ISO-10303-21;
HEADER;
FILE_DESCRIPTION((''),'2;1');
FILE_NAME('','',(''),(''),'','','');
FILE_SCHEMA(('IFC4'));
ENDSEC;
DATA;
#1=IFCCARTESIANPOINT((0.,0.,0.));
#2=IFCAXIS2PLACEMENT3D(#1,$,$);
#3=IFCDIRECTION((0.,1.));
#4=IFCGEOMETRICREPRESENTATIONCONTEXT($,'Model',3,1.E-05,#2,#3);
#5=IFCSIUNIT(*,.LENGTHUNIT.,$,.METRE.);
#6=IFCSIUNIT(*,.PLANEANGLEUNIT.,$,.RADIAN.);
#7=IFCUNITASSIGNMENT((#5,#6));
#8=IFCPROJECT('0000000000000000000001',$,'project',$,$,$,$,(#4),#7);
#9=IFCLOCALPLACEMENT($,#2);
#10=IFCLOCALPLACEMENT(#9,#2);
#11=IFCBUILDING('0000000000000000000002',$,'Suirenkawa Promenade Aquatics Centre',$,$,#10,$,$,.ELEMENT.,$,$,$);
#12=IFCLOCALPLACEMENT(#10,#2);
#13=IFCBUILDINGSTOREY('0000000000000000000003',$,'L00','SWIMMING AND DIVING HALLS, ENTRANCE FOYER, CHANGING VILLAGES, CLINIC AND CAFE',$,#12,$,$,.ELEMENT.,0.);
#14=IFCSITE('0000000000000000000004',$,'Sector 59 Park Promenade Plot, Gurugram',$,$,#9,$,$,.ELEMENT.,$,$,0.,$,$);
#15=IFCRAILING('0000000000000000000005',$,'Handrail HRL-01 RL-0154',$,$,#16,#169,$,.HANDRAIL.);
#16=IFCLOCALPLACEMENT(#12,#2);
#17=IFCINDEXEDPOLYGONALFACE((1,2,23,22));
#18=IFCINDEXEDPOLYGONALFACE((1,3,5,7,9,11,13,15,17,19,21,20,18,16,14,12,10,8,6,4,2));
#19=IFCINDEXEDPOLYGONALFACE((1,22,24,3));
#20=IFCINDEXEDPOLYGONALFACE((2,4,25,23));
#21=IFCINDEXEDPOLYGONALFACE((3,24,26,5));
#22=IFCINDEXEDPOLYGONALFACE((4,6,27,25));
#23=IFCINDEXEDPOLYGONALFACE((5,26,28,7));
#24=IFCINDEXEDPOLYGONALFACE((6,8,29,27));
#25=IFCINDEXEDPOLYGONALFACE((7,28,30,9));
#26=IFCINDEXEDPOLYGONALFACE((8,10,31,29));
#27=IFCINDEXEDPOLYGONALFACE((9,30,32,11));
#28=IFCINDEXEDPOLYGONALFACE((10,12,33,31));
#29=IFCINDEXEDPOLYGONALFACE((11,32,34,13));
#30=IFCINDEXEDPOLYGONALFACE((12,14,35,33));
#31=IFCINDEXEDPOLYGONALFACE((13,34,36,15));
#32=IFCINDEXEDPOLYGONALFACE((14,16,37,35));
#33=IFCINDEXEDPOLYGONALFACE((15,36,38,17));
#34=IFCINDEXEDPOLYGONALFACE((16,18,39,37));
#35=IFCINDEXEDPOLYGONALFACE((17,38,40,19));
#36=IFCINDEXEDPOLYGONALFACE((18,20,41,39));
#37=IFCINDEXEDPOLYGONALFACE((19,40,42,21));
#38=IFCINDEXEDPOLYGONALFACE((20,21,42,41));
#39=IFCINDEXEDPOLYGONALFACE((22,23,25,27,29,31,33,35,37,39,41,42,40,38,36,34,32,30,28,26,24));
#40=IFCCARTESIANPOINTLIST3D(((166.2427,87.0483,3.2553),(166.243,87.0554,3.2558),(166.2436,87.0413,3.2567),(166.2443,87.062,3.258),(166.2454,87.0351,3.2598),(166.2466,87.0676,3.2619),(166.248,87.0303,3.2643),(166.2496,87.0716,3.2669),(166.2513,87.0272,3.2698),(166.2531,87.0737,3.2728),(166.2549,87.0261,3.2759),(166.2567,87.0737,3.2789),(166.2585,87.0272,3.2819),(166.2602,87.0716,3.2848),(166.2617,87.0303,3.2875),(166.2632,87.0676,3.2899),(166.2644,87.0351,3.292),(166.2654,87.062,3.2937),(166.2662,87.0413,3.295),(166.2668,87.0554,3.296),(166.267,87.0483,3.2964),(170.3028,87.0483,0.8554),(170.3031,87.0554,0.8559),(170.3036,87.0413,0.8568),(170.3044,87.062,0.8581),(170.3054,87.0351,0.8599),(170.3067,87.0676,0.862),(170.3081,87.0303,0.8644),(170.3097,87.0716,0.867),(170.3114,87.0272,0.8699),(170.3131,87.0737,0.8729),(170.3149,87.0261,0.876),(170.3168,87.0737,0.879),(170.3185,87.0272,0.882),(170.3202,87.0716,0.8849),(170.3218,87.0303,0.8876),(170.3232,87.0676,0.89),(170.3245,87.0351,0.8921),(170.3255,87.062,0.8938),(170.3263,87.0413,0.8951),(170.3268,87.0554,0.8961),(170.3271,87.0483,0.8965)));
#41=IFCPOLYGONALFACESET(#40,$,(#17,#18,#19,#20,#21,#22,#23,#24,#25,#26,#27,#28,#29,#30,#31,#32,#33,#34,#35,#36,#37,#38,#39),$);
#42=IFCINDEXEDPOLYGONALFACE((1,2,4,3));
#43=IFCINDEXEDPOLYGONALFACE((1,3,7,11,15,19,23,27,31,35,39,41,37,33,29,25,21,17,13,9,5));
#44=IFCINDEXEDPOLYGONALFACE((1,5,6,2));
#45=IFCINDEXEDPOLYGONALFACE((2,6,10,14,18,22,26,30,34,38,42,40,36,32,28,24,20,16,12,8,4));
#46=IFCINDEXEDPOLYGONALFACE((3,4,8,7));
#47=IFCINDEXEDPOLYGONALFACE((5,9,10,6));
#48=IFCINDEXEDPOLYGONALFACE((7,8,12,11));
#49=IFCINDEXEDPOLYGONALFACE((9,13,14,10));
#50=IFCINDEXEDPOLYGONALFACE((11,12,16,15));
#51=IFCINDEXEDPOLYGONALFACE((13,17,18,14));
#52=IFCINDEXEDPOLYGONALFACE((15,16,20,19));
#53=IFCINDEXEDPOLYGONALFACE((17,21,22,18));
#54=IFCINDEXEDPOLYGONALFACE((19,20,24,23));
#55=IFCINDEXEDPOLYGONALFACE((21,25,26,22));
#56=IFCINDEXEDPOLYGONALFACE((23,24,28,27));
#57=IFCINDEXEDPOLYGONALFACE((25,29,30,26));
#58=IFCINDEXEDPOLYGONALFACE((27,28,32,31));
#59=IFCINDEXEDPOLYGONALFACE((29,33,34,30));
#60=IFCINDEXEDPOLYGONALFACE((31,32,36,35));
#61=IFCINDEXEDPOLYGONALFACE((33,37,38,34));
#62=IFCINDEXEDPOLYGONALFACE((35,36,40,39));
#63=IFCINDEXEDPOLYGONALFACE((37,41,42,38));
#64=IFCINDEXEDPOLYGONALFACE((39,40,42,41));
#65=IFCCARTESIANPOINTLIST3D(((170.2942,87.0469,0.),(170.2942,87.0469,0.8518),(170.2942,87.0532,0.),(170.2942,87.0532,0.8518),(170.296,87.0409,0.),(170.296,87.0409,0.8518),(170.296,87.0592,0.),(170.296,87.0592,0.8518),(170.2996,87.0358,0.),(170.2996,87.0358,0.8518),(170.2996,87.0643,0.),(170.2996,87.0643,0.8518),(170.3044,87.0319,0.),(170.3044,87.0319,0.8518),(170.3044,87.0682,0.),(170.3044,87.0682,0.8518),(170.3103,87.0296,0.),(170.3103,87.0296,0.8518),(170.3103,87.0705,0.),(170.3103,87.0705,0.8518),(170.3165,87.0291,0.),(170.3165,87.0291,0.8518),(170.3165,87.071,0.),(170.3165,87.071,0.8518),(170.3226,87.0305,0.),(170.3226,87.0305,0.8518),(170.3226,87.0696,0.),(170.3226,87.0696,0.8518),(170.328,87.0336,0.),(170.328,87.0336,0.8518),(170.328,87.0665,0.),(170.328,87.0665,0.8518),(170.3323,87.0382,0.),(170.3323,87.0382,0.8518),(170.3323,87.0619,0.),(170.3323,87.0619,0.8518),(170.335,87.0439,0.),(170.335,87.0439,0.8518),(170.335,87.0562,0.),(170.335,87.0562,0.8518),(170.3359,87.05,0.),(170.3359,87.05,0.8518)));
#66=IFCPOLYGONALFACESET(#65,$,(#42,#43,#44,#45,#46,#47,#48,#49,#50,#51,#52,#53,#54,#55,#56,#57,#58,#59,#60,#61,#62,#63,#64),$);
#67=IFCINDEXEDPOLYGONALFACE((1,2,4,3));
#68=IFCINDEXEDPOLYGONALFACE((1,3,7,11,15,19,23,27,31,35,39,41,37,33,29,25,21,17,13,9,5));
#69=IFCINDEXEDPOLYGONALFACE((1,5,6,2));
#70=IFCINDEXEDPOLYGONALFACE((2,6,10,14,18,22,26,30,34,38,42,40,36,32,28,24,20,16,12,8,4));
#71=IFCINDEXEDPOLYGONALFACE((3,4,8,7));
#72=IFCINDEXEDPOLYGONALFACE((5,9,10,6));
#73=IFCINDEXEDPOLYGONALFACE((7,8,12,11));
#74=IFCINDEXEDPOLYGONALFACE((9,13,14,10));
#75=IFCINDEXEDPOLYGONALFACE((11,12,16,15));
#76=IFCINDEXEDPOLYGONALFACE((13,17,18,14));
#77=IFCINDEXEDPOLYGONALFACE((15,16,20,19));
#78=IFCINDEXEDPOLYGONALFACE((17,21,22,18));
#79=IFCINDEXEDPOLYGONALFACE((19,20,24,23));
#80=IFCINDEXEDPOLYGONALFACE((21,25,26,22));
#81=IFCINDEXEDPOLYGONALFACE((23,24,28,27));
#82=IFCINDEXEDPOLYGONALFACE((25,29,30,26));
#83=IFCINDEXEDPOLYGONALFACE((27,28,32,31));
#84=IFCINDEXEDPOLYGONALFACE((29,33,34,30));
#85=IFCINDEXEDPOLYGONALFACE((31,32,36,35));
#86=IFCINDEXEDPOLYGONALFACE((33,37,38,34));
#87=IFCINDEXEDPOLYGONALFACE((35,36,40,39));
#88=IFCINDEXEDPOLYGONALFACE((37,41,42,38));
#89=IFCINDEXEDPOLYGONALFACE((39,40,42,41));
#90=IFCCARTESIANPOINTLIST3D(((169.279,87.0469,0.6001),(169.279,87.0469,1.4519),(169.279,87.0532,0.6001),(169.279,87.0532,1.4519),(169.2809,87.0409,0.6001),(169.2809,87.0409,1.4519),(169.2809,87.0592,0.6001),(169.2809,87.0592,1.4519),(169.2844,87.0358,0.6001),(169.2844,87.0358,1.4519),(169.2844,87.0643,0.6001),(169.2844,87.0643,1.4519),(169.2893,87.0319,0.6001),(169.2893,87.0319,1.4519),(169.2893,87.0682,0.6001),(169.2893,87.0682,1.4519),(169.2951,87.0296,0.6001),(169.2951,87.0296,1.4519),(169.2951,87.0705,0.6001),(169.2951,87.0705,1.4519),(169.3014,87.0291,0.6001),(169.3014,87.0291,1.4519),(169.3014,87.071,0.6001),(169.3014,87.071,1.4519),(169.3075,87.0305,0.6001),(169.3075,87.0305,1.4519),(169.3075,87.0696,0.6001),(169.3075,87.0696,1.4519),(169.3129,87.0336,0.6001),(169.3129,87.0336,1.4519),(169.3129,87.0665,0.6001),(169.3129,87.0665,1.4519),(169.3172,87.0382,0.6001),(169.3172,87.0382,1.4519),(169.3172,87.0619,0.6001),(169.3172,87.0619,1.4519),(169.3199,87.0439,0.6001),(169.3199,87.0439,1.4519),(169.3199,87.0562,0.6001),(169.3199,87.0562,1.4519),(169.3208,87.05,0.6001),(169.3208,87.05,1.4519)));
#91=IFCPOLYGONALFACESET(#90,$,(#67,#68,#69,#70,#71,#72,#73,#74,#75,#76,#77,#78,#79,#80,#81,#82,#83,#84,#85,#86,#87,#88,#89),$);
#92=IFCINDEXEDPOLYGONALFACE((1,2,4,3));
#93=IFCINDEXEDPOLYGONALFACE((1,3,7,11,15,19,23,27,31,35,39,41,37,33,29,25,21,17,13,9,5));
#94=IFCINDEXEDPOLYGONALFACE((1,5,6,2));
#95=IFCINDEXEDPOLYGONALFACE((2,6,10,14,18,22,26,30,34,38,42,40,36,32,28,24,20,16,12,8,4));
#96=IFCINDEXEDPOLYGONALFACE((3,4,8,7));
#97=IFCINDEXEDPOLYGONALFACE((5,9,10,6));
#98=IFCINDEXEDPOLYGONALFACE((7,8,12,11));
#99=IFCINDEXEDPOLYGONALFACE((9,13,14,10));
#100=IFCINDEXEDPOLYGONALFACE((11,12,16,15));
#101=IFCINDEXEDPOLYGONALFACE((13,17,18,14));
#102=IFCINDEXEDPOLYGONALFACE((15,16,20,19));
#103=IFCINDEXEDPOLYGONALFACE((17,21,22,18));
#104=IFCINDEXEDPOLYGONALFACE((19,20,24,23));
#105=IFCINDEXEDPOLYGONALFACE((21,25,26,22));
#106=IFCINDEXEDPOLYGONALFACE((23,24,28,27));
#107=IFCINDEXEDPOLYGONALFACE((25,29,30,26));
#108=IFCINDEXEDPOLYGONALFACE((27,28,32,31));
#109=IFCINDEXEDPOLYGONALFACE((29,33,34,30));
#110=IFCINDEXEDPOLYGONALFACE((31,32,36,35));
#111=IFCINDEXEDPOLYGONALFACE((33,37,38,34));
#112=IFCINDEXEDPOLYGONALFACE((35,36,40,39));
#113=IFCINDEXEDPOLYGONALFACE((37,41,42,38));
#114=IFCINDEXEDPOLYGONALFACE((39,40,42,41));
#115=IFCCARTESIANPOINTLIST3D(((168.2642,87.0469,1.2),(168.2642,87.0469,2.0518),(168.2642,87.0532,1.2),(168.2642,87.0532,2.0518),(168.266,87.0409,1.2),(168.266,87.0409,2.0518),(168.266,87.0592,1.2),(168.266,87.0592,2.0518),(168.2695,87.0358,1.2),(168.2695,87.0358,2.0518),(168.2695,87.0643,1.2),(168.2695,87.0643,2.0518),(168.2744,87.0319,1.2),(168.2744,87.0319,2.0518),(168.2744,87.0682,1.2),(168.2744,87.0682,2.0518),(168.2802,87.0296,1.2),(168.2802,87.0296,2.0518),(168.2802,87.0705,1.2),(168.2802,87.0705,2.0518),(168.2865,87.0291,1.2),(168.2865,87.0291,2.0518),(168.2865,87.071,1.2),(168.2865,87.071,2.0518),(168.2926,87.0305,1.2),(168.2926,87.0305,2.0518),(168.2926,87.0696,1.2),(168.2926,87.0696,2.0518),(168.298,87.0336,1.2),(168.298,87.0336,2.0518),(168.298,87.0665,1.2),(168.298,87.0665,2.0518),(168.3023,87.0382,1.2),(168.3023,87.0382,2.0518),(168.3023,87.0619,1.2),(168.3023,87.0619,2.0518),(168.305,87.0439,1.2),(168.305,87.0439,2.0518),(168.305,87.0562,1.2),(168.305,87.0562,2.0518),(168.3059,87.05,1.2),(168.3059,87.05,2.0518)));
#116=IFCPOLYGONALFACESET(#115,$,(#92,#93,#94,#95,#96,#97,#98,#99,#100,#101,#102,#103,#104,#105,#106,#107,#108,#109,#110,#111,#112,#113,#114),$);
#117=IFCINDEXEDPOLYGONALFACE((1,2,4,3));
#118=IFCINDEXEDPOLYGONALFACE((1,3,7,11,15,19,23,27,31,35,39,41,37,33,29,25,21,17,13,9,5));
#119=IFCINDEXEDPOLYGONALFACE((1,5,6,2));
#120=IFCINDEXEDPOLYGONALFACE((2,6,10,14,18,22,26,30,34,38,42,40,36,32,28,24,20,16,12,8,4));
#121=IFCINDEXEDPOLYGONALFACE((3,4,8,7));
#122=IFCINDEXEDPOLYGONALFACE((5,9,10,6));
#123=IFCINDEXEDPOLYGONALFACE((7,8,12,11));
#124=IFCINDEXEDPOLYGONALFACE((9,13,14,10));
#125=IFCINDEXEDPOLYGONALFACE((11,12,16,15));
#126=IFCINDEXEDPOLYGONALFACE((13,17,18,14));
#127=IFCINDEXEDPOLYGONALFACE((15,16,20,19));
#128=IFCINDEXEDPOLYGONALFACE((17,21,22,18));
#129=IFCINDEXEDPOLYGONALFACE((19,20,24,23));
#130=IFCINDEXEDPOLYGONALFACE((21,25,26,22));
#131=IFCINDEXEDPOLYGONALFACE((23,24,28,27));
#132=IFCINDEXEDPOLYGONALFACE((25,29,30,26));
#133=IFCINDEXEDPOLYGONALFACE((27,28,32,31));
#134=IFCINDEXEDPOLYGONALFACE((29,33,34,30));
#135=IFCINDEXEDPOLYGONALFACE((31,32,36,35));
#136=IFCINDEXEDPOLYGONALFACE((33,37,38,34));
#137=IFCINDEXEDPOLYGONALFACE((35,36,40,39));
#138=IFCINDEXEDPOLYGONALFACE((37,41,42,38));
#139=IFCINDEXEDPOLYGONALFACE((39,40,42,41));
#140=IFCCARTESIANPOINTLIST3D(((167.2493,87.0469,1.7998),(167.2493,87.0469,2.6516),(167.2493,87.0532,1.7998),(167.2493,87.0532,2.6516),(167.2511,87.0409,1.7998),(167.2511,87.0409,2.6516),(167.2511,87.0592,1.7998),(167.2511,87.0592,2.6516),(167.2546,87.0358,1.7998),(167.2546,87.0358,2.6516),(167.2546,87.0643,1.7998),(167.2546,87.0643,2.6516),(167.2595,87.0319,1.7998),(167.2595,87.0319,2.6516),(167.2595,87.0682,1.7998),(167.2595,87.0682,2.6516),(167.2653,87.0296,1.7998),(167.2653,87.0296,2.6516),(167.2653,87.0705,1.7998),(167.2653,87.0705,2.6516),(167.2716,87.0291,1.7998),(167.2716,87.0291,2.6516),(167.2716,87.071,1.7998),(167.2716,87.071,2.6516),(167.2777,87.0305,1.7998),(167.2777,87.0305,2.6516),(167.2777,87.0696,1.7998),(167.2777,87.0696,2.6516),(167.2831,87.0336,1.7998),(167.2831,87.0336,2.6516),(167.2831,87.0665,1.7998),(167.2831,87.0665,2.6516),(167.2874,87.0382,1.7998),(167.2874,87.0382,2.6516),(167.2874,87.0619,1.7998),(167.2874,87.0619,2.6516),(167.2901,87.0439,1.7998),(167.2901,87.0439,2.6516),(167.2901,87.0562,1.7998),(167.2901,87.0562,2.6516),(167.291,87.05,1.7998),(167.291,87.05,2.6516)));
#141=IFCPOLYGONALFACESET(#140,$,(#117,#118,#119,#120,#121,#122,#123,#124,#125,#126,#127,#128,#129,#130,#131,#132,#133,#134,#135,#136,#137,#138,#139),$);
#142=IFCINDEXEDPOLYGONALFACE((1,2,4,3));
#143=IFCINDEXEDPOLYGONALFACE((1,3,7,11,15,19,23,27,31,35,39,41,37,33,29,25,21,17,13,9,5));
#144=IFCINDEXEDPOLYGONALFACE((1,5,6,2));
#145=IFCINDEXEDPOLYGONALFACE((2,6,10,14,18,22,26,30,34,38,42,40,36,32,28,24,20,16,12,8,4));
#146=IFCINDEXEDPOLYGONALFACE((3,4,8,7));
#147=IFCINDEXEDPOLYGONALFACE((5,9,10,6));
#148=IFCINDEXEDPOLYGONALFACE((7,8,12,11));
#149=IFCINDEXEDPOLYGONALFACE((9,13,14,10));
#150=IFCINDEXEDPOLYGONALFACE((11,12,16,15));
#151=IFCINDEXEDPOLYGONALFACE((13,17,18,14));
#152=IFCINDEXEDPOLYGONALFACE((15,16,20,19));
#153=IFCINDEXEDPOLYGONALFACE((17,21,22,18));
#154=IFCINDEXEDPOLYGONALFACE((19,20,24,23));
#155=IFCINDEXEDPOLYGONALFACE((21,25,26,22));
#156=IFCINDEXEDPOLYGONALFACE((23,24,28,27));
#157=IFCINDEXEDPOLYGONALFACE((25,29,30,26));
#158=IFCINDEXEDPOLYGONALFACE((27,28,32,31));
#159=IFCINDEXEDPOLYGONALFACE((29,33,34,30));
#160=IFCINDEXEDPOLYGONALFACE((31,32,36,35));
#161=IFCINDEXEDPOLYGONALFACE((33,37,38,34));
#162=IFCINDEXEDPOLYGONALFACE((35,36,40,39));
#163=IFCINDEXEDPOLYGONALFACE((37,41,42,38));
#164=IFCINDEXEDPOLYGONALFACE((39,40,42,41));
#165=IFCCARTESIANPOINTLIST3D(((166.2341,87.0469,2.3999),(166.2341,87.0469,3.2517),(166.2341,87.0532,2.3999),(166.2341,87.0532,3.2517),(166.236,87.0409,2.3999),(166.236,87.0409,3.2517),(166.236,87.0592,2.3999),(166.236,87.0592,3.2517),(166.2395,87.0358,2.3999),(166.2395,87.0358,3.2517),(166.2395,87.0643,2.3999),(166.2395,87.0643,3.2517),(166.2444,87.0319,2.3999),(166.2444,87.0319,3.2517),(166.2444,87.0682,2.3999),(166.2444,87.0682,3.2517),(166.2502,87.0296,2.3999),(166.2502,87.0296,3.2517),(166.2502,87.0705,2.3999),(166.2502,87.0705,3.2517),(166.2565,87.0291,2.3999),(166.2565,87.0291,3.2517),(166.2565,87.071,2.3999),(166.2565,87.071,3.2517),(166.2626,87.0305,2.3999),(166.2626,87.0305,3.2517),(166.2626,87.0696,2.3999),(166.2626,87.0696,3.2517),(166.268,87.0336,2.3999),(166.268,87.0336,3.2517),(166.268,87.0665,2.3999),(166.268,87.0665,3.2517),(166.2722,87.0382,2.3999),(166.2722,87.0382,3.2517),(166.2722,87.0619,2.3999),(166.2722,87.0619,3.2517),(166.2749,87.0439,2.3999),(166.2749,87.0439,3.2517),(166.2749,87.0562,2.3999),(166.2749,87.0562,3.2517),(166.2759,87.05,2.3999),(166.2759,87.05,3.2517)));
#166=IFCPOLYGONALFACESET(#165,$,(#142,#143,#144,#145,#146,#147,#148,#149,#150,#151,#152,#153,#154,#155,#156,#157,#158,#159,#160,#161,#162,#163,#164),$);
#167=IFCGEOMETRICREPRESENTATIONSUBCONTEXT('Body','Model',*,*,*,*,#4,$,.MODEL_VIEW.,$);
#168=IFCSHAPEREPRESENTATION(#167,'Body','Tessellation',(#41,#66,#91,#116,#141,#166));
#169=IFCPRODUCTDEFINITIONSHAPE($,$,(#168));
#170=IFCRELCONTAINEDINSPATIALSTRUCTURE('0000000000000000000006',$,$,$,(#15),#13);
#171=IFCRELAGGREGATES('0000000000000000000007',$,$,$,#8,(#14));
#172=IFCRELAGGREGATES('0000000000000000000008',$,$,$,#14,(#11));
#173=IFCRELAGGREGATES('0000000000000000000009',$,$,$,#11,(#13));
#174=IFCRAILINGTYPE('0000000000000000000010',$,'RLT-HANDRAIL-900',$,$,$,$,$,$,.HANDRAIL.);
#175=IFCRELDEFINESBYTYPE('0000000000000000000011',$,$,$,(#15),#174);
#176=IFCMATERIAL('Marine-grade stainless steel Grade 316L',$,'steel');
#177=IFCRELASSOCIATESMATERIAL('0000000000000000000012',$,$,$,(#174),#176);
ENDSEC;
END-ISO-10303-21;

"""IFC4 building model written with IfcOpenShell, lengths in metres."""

from ifc_helpers import new_model, si_unit, direction, frame, origin, origin_2d, place, context, subcontext, project, spatial, circle, extrude, material, type_object, element, save


model = new_model("IFC4")

# Units and contexts
model_context = context("Model", 3, precision=1e-05, world=origin(), true_north=direction((0.0, 1.0)))
body_context = subcontext(model_context, "Body", "Model", "MODEL_VIEW")
ifc_project = project(units=[si_unit("LENGTHUNIT", "METRE"), si_unit("PLANEANGLEUNIT", "RADIAN")], contexts=[model_context])

# Site, building, storey
site_placement = place(None, origin())
site = spatial("IfcSite", under=ifc_project, at=site_placement, Name="Sector 59 Park Promenade Plot, Gurugram", CompositionType="ELEMENT", RefElevation=0.0)
building_placement = place(site_placement, origin())
building = spatial("IfcBuilding", under=site, at=building_placement, Name="Suirenkawa Promenade Aquatics Centre", CompositionType="ELEMENT")
storey_placement = place(building_placement, origin())
storey = spatial("IfcBuildingStorey", under=building, at=storey_placement, Name="L00", Description="SWIMMING AND DIVING HALLS, ENTRANCE FOYER, CHANGING VILLAGES, CLINIC AND CAFE", CompositionType="ELEMENT", Elevation=0.0)

# Railing
ifc_material_1 = material(Name="Marine-grade stainless steel Grade 316L", Category="steel")
railing_type_1 = type_object("IfcRailingType", Name="RLT-HANDRAIL-900", PredefinedType="HANDRAIL", material=ifc_material_1)
railing_1_placement = place(storey_placement, frame((170.3149, 87.05, 0.0)))
element("IfcRailing", 1, at=railing_1_placement, inside=storey, type_object=railing_type_1, Name="Handrail HRL-01 RL-0154", PredefinedType="HANDRAIL", context=body_context, shape_type="SweptSolid", body=[
    extrude(circle(Radius=0.0239, at=origin_2d()), frame((0.0, 0.0, 0.876), z_axis=(-0.860854, 0.0, 0.508851), x_axis=(0.0, -1.0, 0.0)), (0.0, 0.0, 1.0), 4.7163),
    extrude(circle(Radius=0.021, at=origin_2d()), origin(), (0.0, 0.0, 1.0), 0.8518),
    extrude(circle(Radius=0.021, at=origin_2d()), frame((-1.0151, 0.0, 0.6001)), (0.0, 0.0, 1.0), 0.8518),
    extrude(circle(Radius=0.021, at=origin_2d()), frame((-2.03, 0.0, 1.2)), (0.0, 0.0, 1.0), 0.8518),
    extrude(circle(Radius=0.021, at=origin_2d()), frame((-3.0449, 0.0, 1.7998)), (0.0, 0.0, 1.0), 0.8518),
    extrude(circle(Radius=0.021, at=origin_2d()), frame((-4.0601, 0.0, 2.3999)), (0.0, 0.0, 1.0), 0.8518),
])

save(model, "model.ifc")
